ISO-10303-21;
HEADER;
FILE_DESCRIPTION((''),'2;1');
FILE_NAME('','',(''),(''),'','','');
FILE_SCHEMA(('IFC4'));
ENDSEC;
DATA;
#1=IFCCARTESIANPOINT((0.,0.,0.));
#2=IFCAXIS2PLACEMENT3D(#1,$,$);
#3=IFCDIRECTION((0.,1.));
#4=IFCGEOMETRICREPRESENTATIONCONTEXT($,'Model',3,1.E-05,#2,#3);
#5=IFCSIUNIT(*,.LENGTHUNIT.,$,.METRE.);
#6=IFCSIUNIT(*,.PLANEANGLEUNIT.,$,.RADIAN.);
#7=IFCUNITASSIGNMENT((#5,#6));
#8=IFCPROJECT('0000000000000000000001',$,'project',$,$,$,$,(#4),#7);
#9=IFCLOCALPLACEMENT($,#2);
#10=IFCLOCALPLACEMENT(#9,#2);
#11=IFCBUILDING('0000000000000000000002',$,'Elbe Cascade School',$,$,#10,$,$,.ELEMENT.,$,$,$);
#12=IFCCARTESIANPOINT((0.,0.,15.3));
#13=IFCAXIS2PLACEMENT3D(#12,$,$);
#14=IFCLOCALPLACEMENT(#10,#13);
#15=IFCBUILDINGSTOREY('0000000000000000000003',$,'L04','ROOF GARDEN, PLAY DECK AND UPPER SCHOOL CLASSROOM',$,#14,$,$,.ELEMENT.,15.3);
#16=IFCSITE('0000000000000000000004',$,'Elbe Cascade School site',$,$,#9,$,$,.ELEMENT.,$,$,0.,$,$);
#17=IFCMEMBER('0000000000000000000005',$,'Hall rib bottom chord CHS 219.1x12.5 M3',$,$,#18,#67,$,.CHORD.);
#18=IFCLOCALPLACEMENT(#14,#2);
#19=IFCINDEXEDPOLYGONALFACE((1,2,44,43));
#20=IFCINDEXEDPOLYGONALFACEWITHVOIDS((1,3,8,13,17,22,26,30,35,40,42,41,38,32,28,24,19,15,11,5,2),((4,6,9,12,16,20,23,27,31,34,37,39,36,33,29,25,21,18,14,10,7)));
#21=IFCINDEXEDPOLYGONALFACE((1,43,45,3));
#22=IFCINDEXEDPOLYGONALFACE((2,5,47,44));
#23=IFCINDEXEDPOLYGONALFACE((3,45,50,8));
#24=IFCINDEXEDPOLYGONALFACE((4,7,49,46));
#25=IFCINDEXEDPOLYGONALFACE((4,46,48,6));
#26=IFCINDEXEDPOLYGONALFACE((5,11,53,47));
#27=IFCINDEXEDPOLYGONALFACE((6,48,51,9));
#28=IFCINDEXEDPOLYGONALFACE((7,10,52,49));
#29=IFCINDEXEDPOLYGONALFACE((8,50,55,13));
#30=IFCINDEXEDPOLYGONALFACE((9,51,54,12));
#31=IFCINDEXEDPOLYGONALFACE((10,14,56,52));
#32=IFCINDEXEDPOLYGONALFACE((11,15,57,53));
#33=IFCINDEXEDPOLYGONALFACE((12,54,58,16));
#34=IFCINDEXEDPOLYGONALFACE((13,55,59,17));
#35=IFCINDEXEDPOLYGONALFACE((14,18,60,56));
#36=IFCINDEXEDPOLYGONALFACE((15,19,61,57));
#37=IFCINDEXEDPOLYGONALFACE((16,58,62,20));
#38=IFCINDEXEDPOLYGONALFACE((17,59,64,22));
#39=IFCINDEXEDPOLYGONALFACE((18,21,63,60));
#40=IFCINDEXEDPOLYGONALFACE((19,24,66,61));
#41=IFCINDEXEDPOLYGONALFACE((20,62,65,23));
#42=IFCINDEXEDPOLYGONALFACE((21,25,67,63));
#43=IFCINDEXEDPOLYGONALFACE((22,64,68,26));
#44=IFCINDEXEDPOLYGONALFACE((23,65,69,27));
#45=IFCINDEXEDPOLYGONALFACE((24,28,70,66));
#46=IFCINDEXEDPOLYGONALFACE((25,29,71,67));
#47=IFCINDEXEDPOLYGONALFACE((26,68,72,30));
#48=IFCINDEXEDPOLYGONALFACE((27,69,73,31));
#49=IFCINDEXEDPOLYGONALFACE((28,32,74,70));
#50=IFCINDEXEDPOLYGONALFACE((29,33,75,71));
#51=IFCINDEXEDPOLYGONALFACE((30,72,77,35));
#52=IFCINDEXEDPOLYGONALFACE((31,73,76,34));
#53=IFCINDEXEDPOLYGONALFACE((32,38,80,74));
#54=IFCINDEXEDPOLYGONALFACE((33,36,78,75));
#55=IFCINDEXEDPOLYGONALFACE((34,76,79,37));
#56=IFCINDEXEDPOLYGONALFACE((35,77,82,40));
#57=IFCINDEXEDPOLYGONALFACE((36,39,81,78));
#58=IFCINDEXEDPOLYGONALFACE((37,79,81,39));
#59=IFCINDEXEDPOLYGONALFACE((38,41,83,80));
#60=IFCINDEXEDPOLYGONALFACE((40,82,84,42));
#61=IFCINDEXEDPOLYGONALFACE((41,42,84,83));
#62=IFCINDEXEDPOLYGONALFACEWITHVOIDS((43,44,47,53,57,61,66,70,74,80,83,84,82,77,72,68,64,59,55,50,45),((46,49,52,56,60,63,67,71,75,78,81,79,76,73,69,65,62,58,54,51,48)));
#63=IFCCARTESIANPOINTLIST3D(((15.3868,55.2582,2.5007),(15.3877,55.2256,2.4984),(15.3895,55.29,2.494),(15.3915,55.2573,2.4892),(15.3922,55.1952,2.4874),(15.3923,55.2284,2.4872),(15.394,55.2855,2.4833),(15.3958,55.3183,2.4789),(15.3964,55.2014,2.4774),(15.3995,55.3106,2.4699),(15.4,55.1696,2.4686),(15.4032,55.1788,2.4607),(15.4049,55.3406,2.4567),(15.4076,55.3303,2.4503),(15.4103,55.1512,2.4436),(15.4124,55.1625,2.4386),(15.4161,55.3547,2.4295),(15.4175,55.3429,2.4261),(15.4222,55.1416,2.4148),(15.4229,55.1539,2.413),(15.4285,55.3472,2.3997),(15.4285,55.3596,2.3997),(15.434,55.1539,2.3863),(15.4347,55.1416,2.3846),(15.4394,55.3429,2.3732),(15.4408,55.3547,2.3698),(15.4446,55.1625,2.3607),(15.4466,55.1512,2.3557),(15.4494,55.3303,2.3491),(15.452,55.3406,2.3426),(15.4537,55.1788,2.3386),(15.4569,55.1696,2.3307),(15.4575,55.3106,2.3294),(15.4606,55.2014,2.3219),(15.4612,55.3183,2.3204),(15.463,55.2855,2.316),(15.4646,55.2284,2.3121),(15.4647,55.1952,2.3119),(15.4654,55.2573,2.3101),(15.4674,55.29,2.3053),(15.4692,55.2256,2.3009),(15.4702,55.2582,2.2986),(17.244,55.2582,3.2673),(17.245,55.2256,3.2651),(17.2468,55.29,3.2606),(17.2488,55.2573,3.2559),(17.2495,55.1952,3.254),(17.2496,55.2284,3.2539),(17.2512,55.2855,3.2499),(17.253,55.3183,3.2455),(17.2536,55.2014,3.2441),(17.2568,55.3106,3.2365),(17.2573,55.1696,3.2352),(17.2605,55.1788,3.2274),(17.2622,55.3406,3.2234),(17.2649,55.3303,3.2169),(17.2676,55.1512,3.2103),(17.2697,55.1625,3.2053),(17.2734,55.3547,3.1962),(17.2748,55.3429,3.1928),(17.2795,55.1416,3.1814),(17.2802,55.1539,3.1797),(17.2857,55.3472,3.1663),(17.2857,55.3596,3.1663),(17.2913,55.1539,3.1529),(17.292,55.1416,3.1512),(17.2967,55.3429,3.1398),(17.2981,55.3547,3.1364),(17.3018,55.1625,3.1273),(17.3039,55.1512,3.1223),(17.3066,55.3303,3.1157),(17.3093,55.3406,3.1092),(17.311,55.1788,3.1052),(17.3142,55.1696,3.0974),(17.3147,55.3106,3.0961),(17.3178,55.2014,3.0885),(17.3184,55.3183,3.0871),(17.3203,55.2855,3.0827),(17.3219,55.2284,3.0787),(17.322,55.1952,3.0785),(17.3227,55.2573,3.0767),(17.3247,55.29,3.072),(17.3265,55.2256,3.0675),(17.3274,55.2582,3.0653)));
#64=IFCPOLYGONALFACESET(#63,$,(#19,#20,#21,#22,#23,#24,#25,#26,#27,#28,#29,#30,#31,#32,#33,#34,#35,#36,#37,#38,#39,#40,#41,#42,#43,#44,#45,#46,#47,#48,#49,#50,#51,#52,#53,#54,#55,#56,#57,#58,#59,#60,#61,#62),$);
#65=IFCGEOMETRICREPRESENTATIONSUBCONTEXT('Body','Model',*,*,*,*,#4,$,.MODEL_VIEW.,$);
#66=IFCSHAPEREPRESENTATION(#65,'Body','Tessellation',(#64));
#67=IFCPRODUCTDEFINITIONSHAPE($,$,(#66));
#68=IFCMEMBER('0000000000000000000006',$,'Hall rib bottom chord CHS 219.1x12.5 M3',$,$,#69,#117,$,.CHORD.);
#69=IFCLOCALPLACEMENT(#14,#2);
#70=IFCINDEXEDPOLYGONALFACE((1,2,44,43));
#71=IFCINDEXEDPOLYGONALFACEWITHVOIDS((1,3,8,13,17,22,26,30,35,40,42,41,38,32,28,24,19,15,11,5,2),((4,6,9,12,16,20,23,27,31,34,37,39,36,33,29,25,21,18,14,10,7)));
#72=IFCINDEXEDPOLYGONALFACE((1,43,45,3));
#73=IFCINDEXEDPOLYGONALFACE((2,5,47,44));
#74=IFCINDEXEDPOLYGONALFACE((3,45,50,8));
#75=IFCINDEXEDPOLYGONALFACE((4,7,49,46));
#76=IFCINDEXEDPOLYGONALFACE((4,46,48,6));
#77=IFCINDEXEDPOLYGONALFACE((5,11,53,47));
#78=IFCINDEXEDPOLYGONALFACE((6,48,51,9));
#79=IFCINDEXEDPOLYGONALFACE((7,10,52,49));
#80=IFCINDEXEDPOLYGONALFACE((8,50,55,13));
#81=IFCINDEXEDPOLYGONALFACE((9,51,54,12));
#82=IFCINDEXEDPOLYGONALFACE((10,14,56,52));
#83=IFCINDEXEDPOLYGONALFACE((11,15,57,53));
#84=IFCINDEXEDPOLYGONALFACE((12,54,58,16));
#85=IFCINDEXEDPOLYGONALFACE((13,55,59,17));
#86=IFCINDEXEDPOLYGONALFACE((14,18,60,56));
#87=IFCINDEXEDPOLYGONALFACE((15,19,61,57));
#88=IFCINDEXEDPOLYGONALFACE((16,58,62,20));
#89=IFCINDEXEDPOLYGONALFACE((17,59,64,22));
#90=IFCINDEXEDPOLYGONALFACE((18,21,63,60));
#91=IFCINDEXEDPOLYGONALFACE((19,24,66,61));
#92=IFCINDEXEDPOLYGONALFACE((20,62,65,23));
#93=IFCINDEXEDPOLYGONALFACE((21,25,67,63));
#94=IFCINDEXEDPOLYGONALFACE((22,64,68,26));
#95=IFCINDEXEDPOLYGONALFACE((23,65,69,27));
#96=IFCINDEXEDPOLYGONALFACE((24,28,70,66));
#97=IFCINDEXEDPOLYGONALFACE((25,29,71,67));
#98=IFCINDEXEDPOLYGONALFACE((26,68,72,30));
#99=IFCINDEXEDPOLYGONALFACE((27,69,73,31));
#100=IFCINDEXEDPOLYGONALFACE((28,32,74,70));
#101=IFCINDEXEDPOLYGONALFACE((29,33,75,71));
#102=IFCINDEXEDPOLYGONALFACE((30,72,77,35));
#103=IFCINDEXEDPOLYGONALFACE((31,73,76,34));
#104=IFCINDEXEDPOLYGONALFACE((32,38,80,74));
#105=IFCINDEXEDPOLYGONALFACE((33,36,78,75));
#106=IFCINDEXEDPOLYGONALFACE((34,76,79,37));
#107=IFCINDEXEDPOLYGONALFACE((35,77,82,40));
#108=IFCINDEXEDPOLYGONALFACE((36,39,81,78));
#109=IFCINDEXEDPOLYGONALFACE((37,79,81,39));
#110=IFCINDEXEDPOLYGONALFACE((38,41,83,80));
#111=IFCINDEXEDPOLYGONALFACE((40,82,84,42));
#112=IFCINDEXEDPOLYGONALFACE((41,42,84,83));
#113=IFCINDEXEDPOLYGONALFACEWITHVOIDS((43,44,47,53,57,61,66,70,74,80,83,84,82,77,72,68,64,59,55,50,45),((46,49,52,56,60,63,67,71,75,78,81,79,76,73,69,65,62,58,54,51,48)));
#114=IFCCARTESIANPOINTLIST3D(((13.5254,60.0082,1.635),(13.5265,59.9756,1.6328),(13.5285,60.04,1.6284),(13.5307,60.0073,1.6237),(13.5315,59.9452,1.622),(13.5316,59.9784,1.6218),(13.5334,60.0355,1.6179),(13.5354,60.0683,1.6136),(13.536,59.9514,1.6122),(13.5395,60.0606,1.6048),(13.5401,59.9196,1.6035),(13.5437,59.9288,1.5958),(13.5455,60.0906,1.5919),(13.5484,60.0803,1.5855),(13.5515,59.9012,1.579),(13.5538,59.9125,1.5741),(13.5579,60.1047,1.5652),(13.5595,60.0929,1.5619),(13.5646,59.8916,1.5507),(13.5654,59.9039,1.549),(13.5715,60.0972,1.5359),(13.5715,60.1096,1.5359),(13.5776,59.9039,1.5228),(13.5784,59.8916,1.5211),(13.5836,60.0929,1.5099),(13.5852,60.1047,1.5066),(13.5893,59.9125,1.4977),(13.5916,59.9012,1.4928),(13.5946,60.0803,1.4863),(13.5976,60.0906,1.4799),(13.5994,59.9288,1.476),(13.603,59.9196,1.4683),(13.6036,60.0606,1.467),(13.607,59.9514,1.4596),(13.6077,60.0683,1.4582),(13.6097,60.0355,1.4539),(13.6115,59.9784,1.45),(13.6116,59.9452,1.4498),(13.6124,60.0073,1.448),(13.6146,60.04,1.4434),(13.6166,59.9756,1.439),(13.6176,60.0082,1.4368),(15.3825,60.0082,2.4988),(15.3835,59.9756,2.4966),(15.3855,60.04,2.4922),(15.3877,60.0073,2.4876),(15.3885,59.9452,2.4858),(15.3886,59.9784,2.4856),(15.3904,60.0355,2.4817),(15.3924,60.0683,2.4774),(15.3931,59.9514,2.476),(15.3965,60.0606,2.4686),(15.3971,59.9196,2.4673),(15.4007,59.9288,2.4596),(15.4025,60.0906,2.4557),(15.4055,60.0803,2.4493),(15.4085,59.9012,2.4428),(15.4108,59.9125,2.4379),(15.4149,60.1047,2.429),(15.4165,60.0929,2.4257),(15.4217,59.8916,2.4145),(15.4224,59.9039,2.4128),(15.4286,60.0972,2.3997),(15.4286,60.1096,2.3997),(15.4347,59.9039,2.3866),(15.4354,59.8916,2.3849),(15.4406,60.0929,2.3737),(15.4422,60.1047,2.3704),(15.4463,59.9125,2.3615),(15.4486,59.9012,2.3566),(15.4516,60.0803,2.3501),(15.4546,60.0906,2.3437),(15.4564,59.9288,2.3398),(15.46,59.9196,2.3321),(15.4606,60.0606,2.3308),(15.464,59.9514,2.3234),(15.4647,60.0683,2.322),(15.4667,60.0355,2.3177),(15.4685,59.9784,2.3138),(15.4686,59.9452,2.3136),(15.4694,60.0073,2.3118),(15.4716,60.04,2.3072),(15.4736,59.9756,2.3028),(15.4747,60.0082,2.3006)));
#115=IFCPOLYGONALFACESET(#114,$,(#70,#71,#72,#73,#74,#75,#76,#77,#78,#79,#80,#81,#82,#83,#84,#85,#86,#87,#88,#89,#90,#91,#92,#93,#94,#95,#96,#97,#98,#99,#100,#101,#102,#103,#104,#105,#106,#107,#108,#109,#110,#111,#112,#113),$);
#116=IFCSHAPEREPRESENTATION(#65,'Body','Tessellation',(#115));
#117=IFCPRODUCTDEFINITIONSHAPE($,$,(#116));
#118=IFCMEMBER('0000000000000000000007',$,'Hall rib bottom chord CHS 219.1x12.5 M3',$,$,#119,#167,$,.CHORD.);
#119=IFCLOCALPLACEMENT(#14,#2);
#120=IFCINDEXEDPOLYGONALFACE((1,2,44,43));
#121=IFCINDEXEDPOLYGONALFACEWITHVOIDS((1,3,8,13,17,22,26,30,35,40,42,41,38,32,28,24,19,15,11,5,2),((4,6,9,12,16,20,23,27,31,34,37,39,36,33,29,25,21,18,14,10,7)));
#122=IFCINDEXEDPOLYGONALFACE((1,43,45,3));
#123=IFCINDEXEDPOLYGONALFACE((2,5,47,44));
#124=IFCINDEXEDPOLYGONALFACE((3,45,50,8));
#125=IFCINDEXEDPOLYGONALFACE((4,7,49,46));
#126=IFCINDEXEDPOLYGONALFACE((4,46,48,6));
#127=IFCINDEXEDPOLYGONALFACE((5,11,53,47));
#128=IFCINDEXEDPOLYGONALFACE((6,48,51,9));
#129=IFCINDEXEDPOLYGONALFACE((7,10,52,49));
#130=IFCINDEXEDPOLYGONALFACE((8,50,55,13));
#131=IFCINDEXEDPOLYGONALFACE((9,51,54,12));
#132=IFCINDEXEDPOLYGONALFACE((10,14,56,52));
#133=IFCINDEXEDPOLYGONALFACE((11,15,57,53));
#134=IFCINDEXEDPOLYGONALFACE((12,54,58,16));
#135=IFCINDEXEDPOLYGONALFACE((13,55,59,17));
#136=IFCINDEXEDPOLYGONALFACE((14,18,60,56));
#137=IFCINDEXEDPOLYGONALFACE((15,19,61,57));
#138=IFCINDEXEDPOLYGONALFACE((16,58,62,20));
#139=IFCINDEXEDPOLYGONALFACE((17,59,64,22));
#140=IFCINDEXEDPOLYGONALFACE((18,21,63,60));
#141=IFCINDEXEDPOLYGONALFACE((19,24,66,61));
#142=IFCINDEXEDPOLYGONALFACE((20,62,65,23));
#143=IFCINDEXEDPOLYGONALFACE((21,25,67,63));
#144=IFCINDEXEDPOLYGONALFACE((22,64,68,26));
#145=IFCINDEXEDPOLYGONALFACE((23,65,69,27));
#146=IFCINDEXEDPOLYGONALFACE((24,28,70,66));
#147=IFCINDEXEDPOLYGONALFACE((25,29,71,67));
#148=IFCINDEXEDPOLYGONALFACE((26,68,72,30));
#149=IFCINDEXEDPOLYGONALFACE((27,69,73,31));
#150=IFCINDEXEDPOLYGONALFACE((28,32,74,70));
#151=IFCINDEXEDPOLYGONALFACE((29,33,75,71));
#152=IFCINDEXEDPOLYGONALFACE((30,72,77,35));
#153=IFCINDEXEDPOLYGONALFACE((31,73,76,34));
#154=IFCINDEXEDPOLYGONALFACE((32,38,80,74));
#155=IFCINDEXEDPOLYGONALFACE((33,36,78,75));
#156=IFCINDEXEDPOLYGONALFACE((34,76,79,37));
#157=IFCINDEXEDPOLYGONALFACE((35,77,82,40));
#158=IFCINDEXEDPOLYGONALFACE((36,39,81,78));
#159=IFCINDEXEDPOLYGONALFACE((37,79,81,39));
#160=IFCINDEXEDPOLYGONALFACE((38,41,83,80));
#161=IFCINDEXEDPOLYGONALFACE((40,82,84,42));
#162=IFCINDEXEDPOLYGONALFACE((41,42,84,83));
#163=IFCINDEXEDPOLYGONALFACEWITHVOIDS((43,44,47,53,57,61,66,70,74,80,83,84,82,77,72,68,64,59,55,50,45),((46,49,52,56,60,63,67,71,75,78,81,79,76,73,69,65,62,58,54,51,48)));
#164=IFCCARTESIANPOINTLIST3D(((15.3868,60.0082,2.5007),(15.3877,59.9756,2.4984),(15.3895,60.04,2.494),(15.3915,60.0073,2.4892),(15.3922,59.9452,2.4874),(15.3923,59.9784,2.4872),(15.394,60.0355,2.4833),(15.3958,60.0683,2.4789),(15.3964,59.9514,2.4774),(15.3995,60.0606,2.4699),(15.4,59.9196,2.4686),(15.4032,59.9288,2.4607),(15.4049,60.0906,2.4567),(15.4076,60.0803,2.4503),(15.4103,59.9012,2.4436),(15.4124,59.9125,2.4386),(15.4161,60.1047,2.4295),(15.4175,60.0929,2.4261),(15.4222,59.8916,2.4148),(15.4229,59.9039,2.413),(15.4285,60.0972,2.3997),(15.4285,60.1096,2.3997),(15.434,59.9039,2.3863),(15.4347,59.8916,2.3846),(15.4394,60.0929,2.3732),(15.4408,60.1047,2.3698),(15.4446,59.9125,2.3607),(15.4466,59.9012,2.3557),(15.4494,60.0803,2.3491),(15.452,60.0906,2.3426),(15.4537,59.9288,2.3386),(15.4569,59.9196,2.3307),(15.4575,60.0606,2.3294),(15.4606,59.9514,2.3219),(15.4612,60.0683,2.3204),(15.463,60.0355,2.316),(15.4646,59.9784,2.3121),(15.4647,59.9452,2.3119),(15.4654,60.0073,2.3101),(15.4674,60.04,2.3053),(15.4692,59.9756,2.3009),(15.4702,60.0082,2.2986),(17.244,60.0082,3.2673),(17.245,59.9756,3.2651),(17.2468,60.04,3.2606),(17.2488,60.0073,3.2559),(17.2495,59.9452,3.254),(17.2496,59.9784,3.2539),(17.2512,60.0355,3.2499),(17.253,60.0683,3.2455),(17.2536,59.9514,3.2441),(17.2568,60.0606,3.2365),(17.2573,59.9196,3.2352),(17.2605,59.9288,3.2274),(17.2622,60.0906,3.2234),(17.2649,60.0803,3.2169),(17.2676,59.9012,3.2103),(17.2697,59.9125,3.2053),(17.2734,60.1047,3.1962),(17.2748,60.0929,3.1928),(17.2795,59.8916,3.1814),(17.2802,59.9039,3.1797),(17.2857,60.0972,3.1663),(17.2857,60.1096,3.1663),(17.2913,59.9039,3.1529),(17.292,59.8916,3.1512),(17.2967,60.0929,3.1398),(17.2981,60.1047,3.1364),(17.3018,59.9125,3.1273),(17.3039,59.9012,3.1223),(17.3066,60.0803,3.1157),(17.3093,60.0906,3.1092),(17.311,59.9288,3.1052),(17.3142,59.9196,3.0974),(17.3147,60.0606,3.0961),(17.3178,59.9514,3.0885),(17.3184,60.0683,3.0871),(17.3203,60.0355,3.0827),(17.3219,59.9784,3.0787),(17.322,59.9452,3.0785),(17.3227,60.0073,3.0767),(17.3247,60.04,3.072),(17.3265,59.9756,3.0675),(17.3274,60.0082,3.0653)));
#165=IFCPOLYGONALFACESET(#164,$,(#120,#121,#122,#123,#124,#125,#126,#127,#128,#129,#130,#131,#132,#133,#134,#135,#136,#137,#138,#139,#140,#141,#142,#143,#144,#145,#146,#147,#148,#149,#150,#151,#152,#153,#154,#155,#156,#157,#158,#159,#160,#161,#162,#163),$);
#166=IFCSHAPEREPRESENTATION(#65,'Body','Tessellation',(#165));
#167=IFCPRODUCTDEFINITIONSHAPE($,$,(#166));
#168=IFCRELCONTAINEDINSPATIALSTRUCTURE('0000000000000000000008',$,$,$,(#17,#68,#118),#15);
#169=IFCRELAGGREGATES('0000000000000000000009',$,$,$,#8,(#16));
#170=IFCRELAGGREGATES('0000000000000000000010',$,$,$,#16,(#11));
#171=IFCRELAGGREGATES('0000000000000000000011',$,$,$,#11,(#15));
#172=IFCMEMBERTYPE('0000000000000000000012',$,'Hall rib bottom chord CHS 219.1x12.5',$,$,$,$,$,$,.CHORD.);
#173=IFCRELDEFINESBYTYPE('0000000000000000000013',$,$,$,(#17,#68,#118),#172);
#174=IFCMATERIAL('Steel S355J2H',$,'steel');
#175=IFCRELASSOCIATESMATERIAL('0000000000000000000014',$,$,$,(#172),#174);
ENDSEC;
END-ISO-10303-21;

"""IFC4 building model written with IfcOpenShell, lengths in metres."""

from ifc_helpers import new_model, si_unit, direction, frame, origin, origin_2d, place, context, subcontext, project, spatial, hollow_circle, extrude, material, material_profile, profile_set, type_object, element, save


model = new_model("IFC4")

# Units and contexts
model_context = context("Model", 3, precision=1e-05, world=origin(), true_north=direction((0.0, 1.0)))
body_context = subcontext(model_context, "Body", "Model", "MODEL_VIEW")
ifc_project = project(units=[si_unit("LENGTHUNIT", "METRE"), si_unit("PLANEANGLEUNIT", "RADIAN")], contexts=[model_context])

# Site, building, storey
site_placement = place(None, origin())
site = spatial("IfcSite", under=ifc_project, at=site_placement, Name="Elbe Cascade School site", CompositionType="ELEMENT", RefElevation=0.0)
building_placement = place(site_placement, origin())
building = spatial("IfcBuilding", under=site, at=building_placement, Name="Elbe Cascade School", CompositionType="ELEMENT")
storey_placement = place(building_placement, frame((0.0, 0.0, 15.3)))
storey = spatial("IfcBuildingStorey", under=building, at=storey_placement, Name="L04", Description="ROOF GARDEN, PLAY DECK AND UPPER SCHOOL CLASSROOM", CompositionType="ELEMENT", Elevation=15.3)

# Members
ifc_material_1 = material(Name="Steel S355J2H", Category="steel")
ifc_material_profile_1 = material_profile(ifc_material_1, hollow_circle(Radius=0.1096, WallThickness=0.0125, at=origin_2d()), Name="CHS 219.1x12.5")
ifc_profile_set_1 = profile_set([ifc_material_profile_1], Name="Steel S355J2H")
member_type_1 = type_object("IfcMemberType", Name="Hall rib bottom chord CHS 219.1x12.5", PredefinedType="CHORD", material=ifc_profile_set_1)
member_1_placement = place(storey_placement, frame((15.4285, 55.25, 2.3997), z_axis=(0.924348, 0.0, 0.38155), x_axis=(0.0, 1.0, 0.0)))
element("IfcMember", 1, at=member_1_placement, inside=storey, type_object=member_type_1, Name="Hall rib bottom chord CHS 219.1x12.5 M3", PredefinedType="CHORD", context=body_context, shape_type="SweptSolid", body=[
    extrude(hollow_circle(Radius=0.1096, WallThickness=0.0125, at=origin_2d()), origin(), (0.0, 0.0, 1.0), 2.0093),
])
member_2_placement = place(storey_placement, frame((13.5715, 60.0, 1.5359), z_axis=(0.906706, 0.0, 0.421763), x_axis=(0.0, 1.0, 0.0)))
element("IfcMember", 2, at=member_2_placement, inside=storey, type_object=member_type_1, Name="Hall rib bottom chord CHS 219.1x12.5 M3", PredefinedType="CHORD", context=body_context, shape_type="SweptSolid", body=[
    extrude(hollow_circle(Radius=0.1096, WallThickness=0.0125, at=origin_2d()), origin(), (0.0, 0.0, 1.0), 2.0481),
])
member_3_placement = place(storey_placement, frame((15.4285, 60.0, 2.3997), z_axis=(0.924348, 0.0, 0.38155), x_axis=(0.0, 1.0, 0.0)))
element("IfcMember", 3, at=member_3_placement, inside=storey, type_object=member_type_1, Name="Hall rib bottom chord CHS 219.1x12.5 M3", PredefinedType="CHORD", context=body_context, shape_type="SweptSolid", body=[
    extrude(hollow_circle(Radius=0.1096, WallThickness=0.0125, at=origin_2d()), origin(), (0.0, 0.0, 1.0), 2.0093),
])

save(model, "model.ifc")
